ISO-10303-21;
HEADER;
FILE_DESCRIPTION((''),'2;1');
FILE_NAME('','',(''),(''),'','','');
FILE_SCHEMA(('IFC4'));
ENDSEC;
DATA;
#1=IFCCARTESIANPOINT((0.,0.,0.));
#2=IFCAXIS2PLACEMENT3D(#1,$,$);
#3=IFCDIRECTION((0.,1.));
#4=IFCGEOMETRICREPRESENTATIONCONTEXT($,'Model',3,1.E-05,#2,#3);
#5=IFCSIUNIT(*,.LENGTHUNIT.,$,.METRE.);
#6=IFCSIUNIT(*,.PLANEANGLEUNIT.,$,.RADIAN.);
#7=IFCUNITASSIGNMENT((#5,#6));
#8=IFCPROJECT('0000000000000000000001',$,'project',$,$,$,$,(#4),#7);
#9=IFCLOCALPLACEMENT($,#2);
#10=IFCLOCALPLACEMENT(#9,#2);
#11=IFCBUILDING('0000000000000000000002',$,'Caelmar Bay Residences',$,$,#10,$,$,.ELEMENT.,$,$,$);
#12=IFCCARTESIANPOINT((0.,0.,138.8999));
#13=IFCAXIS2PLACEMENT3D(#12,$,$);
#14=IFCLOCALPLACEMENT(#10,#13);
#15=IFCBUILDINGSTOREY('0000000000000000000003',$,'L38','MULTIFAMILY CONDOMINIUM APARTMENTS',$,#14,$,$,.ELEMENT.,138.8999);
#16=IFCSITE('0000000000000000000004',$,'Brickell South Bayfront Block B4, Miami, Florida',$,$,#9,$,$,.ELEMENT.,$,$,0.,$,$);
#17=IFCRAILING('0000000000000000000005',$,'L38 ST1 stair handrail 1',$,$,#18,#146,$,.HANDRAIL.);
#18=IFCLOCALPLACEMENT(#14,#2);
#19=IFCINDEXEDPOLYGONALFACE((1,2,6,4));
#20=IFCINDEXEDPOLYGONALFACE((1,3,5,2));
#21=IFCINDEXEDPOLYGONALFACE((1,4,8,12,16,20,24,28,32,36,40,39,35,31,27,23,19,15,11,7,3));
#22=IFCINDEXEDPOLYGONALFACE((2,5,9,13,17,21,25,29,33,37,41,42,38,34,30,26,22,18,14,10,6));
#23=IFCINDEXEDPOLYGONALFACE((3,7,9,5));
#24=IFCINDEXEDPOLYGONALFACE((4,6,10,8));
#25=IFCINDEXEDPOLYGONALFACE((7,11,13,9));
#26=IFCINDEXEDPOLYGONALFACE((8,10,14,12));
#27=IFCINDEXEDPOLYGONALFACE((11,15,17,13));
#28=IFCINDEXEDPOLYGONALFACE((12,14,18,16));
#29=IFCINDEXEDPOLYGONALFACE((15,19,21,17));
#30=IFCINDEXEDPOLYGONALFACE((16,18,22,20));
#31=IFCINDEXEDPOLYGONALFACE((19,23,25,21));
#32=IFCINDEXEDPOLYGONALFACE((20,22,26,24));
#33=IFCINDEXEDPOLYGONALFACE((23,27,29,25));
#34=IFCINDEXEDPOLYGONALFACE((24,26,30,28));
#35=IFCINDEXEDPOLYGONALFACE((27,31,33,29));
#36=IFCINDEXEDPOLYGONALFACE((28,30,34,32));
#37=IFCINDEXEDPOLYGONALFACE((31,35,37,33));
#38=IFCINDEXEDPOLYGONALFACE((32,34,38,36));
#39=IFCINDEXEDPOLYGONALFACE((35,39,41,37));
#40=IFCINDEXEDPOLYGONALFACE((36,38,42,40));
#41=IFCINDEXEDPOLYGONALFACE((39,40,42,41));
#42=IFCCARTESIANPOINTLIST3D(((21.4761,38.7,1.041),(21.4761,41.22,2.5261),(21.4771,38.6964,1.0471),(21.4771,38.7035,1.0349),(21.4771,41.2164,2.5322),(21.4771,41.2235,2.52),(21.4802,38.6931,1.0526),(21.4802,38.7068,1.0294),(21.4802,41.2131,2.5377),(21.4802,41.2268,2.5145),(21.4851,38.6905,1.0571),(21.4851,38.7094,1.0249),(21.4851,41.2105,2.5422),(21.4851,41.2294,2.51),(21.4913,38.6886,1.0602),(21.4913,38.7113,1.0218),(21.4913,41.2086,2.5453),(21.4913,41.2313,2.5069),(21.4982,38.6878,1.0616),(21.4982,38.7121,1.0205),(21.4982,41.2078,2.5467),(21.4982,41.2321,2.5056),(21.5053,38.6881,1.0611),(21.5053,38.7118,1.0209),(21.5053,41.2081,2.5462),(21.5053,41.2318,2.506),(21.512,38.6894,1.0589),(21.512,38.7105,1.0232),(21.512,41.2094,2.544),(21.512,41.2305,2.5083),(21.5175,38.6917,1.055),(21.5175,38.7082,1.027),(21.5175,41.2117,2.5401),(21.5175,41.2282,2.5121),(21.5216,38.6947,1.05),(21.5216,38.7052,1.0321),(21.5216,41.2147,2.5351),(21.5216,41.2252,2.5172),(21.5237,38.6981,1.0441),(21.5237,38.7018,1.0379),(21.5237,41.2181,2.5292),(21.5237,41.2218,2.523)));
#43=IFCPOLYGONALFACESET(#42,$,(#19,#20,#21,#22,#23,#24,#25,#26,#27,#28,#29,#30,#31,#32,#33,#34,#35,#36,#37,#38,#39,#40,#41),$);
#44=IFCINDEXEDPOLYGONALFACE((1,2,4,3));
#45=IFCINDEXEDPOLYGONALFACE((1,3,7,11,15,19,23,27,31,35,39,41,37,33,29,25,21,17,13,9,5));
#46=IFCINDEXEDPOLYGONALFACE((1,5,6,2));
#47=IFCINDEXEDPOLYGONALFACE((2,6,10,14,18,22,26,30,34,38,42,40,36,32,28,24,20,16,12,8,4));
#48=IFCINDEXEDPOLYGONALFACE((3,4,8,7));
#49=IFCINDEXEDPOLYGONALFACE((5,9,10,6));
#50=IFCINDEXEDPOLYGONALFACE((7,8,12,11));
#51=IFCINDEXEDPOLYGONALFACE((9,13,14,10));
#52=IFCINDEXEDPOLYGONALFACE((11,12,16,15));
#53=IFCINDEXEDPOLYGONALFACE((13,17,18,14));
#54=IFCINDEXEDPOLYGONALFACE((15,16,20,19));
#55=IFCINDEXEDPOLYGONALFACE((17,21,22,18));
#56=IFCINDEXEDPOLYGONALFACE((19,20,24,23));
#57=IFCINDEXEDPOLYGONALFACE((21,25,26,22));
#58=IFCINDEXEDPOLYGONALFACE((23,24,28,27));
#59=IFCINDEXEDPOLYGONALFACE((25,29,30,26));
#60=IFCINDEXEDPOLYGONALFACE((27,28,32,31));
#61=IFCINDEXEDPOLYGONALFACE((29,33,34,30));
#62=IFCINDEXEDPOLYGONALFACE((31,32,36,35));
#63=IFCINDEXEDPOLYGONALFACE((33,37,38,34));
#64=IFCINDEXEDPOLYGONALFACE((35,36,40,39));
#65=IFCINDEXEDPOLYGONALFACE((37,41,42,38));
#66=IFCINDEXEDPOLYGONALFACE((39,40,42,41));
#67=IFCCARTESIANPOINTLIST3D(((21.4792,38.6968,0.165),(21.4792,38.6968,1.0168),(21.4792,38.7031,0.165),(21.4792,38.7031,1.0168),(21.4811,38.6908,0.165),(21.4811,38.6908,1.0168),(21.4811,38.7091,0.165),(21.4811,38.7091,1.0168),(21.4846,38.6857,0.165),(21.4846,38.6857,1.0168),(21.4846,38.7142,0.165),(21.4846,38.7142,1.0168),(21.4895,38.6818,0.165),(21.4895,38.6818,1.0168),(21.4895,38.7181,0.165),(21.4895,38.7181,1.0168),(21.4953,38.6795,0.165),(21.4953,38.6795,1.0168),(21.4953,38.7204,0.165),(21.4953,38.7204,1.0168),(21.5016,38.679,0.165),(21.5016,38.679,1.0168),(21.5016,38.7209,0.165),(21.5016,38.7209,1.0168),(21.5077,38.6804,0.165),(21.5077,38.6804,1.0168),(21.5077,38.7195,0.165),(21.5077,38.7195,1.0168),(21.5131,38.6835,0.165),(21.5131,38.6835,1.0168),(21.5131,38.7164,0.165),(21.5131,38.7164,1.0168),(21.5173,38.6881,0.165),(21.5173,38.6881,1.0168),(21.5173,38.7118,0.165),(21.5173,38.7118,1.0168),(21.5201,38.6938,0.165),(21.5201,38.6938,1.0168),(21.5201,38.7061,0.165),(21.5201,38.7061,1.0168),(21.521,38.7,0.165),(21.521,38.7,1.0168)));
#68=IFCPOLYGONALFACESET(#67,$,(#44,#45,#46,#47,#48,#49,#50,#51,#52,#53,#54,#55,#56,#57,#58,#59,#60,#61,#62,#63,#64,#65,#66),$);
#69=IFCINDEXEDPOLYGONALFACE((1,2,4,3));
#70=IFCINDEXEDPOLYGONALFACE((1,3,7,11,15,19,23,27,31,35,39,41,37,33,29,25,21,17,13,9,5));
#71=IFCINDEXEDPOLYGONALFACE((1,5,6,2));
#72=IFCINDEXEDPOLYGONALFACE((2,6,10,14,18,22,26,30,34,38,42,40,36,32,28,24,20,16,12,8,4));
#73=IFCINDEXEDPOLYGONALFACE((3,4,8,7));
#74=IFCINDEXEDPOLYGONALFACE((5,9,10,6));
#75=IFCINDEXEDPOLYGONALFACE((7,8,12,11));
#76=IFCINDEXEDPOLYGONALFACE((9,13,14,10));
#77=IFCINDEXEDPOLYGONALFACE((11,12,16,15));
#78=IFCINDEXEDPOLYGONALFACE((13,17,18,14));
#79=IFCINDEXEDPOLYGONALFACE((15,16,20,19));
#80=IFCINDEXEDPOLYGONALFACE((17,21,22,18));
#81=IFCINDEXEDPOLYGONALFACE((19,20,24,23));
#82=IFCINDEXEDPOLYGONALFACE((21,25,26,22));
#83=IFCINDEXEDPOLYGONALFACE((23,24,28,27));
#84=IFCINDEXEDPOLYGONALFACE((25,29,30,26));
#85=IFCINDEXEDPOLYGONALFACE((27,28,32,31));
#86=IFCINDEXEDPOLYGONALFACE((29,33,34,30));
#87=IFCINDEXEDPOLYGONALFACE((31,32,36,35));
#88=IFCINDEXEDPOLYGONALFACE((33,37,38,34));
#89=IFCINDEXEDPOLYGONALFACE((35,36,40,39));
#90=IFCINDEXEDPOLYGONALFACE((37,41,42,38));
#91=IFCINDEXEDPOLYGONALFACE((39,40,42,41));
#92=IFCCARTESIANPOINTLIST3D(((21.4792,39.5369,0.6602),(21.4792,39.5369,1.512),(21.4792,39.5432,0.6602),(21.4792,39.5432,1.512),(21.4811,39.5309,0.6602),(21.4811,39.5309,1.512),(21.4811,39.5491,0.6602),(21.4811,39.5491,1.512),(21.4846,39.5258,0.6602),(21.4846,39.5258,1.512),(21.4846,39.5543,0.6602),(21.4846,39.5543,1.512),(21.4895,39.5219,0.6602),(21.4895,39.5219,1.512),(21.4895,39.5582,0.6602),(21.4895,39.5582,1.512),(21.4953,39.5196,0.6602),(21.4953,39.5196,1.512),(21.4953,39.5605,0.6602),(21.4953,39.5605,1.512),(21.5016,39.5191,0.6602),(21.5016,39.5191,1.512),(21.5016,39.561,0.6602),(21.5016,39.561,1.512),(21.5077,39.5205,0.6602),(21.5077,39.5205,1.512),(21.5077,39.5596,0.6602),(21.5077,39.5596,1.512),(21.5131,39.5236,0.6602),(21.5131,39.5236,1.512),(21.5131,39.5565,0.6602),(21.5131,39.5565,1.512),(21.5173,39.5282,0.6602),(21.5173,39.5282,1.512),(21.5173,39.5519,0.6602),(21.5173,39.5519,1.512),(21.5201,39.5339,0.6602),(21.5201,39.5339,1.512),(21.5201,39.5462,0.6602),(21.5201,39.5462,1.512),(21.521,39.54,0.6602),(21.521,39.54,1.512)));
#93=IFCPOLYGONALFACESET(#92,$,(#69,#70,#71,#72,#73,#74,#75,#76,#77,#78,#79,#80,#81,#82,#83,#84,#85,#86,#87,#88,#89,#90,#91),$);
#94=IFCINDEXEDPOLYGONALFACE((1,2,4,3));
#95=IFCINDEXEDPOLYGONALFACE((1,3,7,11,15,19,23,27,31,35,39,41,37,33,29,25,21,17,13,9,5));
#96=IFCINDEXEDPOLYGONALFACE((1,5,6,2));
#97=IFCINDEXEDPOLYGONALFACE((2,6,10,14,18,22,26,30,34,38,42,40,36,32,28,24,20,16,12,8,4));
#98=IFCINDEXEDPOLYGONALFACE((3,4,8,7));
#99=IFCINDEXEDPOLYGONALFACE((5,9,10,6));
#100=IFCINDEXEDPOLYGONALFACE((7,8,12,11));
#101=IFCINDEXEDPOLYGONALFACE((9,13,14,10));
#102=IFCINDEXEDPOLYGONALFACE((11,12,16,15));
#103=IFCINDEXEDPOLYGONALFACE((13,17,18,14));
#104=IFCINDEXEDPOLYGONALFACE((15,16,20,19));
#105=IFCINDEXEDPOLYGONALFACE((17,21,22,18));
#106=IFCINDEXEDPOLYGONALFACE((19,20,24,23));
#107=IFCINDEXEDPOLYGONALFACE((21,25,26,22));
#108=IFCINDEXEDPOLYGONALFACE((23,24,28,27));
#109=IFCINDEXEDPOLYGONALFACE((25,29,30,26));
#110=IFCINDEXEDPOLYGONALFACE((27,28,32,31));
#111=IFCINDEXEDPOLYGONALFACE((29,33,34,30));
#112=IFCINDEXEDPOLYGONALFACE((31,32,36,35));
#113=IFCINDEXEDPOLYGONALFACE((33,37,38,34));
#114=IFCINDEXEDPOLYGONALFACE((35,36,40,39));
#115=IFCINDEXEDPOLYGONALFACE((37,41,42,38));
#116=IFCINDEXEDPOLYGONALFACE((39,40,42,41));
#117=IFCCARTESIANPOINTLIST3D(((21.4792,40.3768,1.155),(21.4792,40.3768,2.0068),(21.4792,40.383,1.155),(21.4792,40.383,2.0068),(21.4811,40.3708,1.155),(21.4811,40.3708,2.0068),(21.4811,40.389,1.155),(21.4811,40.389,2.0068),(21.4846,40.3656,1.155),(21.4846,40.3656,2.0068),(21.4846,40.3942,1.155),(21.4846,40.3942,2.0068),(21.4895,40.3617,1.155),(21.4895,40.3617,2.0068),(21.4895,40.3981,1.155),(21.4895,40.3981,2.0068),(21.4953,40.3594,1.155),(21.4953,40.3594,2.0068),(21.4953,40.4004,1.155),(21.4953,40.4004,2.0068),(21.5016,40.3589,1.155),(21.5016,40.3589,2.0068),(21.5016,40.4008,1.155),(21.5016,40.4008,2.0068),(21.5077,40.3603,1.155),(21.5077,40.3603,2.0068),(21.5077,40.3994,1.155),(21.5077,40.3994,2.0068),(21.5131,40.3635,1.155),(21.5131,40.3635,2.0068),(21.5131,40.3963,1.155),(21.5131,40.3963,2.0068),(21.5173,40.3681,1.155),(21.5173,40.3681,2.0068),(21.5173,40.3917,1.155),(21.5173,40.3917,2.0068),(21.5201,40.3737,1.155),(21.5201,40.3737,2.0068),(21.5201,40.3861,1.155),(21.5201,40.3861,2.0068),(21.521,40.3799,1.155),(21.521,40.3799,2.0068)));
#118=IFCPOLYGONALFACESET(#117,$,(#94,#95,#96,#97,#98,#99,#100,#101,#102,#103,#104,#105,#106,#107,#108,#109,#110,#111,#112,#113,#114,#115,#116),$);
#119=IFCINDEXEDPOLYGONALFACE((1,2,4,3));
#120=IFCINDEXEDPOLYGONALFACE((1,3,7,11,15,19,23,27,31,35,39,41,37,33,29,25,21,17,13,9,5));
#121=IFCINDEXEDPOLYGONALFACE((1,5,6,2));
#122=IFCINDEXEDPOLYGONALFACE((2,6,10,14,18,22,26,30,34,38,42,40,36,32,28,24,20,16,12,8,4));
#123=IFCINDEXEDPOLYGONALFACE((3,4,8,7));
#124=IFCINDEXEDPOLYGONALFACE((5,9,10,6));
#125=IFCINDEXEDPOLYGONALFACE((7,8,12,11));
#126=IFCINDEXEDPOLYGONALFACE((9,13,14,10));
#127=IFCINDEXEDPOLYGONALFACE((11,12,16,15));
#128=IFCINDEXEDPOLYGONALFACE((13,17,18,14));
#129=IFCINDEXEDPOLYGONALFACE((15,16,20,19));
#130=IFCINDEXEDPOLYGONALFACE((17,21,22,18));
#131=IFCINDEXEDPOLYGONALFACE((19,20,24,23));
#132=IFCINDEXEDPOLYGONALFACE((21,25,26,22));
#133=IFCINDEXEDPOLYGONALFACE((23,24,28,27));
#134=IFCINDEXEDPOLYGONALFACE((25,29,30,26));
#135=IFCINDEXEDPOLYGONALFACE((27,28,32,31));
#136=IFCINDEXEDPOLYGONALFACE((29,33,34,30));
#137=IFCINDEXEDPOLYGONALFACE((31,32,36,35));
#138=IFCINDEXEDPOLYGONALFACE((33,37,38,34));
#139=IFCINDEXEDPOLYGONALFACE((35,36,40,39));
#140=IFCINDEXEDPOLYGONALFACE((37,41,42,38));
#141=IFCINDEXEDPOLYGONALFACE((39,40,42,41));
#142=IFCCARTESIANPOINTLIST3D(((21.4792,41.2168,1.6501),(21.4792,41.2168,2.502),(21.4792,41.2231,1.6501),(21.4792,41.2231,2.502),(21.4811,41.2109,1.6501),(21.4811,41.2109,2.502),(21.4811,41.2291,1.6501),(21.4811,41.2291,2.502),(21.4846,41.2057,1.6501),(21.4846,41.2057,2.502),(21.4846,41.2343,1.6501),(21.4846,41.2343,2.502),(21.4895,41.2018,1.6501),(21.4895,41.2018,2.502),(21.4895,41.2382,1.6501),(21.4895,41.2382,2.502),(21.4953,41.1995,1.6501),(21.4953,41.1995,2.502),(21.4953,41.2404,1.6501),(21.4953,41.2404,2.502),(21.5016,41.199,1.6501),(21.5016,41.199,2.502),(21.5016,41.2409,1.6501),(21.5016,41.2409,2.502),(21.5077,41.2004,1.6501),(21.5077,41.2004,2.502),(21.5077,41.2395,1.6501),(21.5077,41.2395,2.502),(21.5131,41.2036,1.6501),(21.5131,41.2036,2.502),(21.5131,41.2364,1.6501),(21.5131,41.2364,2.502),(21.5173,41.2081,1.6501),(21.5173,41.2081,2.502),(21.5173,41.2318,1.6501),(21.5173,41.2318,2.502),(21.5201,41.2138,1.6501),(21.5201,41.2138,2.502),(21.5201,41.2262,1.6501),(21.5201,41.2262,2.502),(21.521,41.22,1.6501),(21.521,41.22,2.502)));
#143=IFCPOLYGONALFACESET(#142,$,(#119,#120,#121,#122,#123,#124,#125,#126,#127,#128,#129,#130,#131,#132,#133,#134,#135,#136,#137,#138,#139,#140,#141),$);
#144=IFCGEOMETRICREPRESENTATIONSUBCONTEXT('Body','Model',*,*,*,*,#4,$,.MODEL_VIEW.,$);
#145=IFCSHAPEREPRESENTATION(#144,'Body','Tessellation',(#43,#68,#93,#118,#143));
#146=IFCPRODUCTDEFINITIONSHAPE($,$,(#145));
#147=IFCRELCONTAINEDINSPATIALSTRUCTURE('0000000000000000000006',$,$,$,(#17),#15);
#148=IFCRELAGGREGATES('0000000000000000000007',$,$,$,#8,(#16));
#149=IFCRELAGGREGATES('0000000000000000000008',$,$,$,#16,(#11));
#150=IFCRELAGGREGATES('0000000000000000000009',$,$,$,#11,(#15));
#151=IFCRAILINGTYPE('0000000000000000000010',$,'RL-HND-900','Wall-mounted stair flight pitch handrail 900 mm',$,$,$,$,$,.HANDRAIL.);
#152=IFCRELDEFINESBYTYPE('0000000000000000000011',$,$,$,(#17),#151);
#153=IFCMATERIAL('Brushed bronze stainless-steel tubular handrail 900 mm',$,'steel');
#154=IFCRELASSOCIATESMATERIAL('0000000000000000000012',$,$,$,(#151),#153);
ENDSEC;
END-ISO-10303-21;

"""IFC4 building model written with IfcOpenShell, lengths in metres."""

from ifc_helpers import new_model, si_unit, direction, frame, origin, origin_2d, place, context, subcontext, project, spatial, circle, extrude, material, type_object, element, save


model = new_model("IFC4")

# Units and contexts
model_context = context("Model", 3, precision=1e-05, world=origin(), true_north=direction((0.0, 1.0)))
body_context = subcontext(model_context, "Body", "Model", "MODEL_VIEW")
ifc_project = project(units=[si_unit("LENGTHUNIT", "METRE"), si_unit("PLANEANGLEUNIT", "RADIAN")], contexts=[model_context])

# Site, building, storey
site_placement = place(None, origin())
site = spatial("IfcSite", under=ifc_project, at=site_placement, Name="Brickell South Bayfront Block B4, Miami, Florida", CompositionType="ELEMENT", RefElevation=0.0)
building_placement = place(site_placement, origin())
building = spatial("IfcBuilding", under=site, at=building_placement, Name="Caelmar Bay Residences", CompositionType="ELEMENT")
storey_placement = place(building_placement, frame((0.0, 0.0, 138.8999)))
storey = spatial("IfcBuildingStorey", under=building, at=storey_placement, Name="L38", Description="MULTIFAMILY CONDOMINIUM APARTMENTS", CompositionType="ELEMENT", Elevation=138.8999)

# Railing
ifc_material_1 = material(Name="Brushed bronze stainless-steel tubular handrail 900 mm", Category="steel")
railing_type_1 = type_object("IfcRailingType", Name="RL-HND-900", Description="Wall-mounted stair flight pitch handrail 900 mm", PredefinedType="HANDRAIL", material=ifc_material_1)
railing_1_placement = place(storey_placement, frame((21.5, 38.7, 0.165)))
element("IfcRailing", 1, at=railing_1_placement, inside=storey, type_object=railing_type_1, Name="L38 ST1 stair handrail 1", PredefinedType="HANDRAIL", context=body_context, shape_type="SweptSolid", body=[
    extrude(circle(Radius=0.0239, at=origin_2d()), frame((0.0, 0.0, 0.876), z_axis=(0.0, 0.861524, 0.507717), x_axis=(-1.0, 0.0, 0.0)), (0.0, 0.0, 1.0), 2.925),
    extrude(circle(Radius=0.021, at=origin_2d()), origin(), (0.0, 0.0, 1.0), 0.8518),
    extrude(circle(Radius=0.021, at=origin_2d()), frame((0.0, 0.8401, 0.4951)), (0.0, 0.0, 1.0), 0.8518),
    extrude(circle(Radius=0.021, at=origin_2d()), frame((0.0, 1.6799, 0.99)), (0.0, 0.0, 1.0), 0.8518),
    extrude(circle(Radius=0.021, at=origin_2d()), frame((0.0, 2.52, 1.4851)), (0.0, 0.0, 1.0), 0.8518),
])

save(model, "model.ifc")
